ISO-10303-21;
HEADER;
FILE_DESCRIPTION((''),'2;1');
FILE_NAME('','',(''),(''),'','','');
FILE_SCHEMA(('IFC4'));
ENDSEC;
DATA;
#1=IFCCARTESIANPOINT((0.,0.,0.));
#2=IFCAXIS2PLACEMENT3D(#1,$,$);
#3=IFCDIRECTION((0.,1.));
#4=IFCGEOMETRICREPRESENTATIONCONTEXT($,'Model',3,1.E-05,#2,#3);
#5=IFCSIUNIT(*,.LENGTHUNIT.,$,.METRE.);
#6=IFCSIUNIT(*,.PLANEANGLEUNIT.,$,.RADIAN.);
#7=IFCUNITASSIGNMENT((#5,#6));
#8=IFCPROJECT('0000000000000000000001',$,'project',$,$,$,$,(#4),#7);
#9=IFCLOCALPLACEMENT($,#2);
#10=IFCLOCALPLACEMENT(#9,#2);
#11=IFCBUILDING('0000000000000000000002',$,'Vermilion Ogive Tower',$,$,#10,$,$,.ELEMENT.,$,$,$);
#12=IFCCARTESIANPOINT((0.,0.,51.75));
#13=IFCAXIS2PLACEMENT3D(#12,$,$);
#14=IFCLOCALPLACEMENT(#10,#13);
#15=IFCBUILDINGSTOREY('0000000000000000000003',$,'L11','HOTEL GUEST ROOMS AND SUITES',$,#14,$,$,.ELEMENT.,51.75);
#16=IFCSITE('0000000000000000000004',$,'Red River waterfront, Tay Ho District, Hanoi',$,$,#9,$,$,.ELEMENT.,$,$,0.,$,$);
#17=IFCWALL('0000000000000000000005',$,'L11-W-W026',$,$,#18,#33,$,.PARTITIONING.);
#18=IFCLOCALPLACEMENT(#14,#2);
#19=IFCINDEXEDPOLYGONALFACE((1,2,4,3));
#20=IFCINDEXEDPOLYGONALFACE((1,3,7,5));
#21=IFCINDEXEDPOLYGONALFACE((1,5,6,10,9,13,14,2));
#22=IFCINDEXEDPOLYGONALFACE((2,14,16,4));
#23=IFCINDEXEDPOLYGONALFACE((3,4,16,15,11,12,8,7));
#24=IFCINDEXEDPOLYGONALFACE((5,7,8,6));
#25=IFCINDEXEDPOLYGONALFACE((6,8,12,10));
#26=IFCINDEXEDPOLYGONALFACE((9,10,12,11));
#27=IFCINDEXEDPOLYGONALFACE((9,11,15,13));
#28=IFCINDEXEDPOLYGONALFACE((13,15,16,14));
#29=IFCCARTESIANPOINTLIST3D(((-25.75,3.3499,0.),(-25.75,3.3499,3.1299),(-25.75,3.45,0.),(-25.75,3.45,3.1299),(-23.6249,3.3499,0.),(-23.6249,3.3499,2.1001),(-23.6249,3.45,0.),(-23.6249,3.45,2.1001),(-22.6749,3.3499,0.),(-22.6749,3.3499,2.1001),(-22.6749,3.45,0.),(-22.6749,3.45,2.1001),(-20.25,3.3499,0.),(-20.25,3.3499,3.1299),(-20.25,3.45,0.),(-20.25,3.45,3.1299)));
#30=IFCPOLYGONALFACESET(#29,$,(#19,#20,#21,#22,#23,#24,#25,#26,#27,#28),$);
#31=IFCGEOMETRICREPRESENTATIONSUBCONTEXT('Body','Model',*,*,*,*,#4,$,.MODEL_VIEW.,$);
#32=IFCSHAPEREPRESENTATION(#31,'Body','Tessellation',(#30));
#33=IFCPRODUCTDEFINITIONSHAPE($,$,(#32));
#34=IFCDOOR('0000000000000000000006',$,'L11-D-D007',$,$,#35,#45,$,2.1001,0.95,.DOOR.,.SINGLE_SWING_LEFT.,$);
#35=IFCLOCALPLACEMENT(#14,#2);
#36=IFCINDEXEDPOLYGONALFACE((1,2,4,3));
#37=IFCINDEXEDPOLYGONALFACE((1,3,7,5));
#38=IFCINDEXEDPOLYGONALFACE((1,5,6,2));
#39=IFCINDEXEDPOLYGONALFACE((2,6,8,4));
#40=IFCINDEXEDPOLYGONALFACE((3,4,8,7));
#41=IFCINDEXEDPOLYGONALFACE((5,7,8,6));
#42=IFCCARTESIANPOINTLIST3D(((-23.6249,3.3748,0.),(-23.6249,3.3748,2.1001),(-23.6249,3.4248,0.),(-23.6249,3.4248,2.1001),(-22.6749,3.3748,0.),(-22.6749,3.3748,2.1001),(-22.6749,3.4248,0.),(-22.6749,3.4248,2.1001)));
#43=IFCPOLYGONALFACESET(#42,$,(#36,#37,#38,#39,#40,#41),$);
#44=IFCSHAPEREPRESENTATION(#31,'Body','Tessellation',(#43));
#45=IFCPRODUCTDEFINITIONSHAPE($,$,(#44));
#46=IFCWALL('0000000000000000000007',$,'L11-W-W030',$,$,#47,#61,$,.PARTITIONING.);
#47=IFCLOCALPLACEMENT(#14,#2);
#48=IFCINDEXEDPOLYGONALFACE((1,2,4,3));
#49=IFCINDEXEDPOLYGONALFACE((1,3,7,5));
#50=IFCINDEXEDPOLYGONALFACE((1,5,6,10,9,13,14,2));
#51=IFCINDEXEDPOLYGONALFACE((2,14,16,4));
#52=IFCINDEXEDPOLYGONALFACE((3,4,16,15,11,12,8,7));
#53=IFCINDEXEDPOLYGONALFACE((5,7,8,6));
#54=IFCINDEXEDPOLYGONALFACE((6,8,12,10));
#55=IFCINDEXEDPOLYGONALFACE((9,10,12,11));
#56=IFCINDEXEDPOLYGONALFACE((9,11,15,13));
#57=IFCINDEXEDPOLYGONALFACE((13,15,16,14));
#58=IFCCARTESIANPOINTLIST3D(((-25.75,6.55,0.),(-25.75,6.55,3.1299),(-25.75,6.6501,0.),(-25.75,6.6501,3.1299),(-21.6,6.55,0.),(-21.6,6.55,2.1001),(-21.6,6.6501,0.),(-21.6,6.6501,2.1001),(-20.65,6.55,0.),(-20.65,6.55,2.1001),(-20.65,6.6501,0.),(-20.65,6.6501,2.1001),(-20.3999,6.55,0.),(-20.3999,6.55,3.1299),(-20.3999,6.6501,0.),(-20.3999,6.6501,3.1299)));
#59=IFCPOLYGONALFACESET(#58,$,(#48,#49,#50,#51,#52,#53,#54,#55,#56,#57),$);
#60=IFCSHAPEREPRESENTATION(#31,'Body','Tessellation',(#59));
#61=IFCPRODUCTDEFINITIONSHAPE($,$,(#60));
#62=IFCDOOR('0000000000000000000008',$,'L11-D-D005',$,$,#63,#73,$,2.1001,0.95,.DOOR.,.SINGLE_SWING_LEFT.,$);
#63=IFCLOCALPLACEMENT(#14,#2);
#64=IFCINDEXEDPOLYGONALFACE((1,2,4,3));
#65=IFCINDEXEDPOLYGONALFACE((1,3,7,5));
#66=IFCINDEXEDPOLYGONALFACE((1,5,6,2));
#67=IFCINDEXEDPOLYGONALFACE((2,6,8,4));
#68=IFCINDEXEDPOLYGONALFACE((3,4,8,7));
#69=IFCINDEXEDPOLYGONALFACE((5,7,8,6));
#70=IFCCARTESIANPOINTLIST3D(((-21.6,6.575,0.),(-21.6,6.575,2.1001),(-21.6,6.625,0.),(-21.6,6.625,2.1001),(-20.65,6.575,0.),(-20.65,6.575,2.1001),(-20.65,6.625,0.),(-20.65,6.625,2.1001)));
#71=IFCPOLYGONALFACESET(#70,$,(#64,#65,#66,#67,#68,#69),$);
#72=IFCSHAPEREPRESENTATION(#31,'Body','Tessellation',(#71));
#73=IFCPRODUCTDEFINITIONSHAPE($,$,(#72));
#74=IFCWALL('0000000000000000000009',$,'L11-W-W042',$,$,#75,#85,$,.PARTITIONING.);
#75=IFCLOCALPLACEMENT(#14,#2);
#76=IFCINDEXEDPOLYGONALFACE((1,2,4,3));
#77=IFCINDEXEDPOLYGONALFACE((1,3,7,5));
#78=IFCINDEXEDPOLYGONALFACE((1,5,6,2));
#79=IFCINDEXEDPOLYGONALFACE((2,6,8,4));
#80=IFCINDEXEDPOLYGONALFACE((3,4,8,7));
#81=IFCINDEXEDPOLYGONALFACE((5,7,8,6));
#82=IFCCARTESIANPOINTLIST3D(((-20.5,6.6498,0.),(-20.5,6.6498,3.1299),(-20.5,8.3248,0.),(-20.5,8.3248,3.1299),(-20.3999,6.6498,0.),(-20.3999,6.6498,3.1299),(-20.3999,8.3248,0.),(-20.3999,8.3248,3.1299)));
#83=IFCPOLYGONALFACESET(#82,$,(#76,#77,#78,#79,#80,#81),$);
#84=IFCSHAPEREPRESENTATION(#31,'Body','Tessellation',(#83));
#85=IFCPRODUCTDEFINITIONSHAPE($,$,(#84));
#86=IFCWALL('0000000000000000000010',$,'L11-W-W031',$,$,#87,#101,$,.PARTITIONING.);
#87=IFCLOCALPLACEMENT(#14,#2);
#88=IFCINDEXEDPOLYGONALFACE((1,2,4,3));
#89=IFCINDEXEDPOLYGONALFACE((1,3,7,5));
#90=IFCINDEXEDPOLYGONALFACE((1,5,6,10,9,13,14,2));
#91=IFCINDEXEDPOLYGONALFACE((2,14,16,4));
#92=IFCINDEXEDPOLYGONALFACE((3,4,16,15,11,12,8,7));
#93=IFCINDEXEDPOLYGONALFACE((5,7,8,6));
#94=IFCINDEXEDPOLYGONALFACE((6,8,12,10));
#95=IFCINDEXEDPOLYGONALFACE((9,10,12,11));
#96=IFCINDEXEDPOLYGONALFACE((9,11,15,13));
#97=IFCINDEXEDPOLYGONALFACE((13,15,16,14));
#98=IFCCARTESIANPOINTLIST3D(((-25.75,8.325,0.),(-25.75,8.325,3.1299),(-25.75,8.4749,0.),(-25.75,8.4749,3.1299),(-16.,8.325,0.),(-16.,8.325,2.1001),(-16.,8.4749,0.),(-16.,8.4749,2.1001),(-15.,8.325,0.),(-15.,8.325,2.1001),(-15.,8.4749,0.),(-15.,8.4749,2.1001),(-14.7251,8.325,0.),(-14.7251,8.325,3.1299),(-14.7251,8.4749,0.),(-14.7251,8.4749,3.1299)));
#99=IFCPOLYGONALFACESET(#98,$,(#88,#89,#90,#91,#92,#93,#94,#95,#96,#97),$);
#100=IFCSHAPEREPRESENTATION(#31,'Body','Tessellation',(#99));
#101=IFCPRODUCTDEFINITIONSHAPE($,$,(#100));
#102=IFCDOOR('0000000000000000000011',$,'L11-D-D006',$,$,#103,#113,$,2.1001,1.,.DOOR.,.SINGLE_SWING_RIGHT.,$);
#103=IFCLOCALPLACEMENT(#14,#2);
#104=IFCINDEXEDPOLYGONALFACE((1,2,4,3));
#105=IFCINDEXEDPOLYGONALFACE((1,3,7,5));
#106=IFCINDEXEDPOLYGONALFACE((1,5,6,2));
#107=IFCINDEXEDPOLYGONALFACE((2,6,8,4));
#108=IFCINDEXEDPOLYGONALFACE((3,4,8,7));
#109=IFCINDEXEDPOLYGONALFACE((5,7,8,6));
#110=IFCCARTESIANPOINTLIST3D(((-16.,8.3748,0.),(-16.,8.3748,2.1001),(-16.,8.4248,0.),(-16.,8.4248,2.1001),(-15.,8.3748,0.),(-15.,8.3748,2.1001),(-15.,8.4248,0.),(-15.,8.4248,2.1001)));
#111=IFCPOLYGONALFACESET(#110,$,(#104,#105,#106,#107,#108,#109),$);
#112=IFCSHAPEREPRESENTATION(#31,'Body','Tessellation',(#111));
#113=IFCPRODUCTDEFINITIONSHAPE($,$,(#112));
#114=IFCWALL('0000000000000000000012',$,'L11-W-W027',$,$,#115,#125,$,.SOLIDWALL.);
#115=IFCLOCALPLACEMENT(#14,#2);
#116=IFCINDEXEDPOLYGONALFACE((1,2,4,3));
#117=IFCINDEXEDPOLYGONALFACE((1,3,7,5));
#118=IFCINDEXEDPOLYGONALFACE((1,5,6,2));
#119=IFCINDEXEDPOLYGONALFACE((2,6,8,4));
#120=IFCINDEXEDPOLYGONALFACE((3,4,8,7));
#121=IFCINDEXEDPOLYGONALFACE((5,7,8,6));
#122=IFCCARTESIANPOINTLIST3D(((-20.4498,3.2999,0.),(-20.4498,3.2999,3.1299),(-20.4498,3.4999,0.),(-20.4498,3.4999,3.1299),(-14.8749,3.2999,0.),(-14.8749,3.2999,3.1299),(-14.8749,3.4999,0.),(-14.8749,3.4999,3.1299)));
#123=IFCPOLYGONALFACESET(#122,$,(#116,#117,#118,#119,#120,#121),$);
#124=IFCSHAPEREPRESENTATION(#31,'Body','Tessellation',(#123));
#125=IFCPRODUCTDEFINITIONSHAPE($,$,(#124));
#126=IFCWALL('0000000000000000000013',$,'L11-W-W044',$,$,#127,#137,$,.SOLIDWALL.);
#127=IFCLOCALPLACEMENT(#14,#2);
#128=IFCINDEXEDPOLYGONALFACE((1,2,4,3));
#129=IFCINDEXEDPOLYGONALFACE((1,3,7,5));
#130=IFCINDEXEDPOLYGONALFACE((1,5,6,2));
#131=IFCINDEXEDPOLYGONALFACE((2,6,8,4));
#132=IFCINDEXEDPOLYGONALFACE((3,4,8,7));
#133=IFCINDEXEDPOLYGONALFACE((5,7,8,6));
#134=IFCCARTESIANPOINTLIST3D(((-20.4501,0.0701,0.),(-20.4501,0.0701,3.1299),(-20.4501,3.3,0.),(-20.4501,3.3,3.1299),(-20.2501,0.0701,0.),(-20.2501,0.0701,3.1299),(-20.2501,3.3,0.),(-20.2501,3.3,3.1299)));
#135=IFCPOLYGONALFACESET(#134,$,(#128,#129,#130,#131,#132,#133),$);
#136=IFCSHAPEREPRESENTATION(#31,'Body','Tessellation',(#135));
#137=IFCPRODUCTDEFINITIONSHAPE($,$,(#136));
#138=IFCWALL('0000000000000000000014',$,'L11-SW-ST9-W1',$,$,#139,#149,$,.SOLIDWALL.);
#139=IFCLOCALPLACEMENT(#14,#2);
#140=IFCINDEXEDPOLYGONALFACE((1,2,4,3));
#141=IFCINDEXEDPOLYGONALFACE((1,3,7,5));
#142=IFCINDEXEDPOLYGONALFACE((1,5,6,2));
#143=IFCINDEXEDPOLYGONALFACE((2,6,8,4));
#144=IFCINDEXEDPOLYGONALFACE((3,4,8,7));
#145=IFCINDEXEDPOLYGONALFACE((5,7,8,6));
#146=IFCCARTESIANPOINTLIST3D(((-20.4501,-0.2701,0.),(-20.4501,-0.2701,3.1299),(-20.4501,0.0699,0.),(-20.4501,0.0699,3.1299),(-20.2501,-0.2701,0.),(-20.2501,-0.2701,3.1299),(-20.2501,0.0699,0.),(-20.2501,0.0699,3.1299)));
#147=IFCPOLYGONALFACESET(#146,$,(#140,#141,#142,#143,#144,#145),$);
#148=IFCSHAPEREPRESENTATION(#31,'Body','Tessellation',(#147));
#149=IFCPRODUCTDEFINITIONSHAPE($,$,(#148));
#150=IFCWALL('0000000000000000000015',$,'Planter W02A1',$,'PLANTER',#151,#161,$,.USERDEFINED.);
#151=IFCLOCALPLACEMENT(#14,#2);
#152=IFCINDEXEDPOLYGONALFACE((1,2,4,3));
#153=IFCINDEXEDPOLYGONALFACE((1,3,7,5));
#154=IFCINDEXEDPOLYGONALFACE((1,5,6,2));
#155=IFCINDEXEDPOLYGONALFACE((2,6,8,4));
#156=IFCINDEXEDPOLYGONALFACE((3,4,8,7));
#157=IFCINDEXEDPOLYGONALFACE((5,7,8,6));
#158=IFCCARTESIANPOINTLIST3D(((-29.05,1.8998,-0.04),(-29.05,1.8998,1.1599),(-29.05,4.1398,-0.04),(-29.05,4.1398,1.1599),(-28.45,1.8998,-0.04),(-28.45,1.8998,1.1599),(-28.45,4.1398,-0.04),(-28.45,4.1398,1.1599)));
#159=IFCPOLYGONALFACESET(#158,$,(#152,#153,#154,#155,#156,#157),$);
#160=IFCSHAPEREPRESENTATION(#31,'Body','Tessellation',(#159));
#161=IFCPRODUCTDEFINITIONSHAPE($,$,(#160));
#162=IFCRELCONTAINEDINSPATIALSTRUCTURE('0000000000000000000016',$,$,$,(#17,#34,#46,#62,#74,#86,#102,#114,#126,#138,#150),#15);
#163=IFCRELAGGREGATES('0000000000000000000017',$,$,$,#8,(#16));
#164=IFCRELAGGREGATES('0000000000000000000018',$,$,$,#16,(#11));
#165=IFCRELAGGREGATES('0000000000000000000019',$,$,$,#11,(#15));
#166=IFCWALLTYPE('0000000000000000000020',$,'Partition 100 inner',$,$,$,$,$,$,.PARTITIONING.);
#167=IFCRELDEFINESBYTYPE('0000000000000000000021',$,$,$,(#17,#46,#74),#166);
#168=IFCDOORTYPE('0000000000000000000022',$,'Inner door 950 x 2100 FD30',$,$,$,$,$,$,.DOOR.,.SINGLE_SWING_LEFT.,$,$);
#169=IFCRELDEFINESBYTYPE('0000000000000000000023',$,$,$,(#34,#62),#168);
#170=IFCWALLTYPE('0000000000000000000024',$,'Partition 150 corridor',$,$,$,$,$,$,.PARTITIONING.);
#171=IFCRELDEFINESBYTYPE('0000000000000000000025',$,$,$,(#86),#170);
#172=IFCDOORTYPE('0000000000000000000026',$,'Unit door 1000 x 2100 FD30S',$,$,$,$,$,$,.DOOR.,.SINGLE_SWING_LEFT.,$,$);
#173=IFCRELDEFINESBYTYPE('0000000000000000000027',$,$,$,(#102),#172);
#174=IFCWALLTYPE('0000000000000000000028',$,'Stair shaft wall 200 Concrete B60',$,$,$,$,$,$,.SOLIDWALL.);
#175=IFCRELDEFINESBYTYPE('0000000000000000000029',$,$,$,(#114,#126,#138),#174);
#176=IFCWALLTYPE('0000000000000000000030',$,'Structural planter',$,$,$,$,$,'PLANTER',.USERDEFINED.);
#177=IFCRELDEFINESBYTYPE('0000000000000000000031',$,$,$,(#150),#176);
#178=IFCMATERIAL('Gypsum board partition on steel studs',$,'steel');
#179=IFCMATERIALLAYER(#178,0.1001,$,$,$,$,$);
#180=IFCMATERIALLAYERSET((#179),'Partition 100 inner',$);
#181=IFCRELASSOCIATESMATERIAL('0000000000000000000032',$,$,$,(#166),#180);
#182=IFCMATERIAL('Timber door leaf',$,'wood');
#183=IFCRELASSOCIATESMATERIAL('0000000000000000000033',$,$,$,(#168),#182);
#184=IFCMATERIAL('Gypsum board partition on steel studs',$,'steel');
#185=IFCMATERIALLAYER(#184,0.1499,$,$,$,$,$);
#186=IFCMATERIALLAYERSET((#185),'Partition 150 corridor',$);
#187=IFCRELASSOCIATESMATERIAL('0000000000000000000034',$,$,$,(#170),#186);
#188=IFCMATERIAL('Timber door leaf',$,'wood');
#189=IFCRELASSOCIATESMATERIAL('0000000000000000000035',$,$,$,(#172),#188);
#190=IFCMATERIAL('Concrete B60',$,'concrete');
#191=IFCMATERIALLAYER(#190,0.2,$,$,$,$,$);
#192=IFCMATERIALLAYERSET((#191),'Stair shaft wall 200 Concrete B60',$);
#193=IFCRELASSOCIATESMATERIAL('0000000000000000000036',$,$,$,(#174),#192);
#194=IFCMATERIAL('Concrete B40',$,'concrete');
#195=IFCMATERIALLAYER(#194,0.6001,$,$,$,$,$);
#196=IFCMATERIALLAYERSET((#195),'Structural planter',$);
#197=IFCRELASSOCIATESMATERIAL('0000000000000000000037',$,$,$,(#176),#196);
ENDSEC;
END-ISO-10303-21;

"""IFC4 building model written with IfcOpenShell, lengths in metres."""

from ifc_helpers import new_model, si_unit, direction, frame, frame_2d, origin, place, context, subcontext, project, spatial, rectangle, extrude, material, layer, layer_set, type_object, element, fill, save


model = new_model("IFC4")

# Units and contexts
model_context = context("Model", 3, precision=1e-05, world=origin(), true_north=direction((0.0, 1.0)))
body_context = subcontext(model_context, "Body", "Model", "MODEL_VIEW")
ifc_project = project(units=[si_unit("LENGTHUNIT", "METRE"), si_unit("PLANEANGLEUNIT", "RADIAN")], contexts=[model_context])

# Site, building, storey
site_placement = place(None, origin())
site = spatial("IfcSite", under=ifc_project, at=site_placement, Name="Red River waterfront, Tay Ho District, Hanoi", CompositionType="ELEMENT", RefElevation=0.0)
building_placement = place(site_placement, origin())
building = spatial("IfcBuilding", under=site, at=building_placement, Name="Vermilion Ogive Tower", CompositionType="ELEMENT")
storey_placement = place(building_placement, frame((0.0, 0.0, 51.75)))
storey = spatial("IfcBuildingStorey", under=building, at=storey_placement, Name="L11", Description="HOTEL GUEST ROOMS AND SUITES", CompositionType="ELEMENT", Elevation=51.75)

# Walls, openings, doors
ifc_material_1 = material(Name="Gypsum board partition on steel studs", Category="steel")
ifc_layer_1 = layer(ifc_material_1, 0.1001)
ifc_layer_set_1 = layer_set([ifc_layer_1], Name="Partition 100 inner")
wall_type_1 = type_object("IfcWallType", Name="Partition 100 inner", PredefinedType="PARTITIONING", material=ifc_layer_set_1)
wall_1_placement = place(storey_placement, frame((-25.75, 3.3999, 0.0), z_axis=(0.0, 0.0, 1.0), x_axis=(1.0, 0.0, 0.0)))
wall_1 = element("IfcWall", 1, at=wall_1_placement, inside=storey, type_object=wall_type_1, Name="L11-W-W026", PredefinedType="PARTITIONING", context=body_context, shape_type="SweptSolid", body=[
    extrude(rectangle(XDim=5.5, YDim=0.1001, at=frame_2d((2.75, 0.0))), origin(), (0.0, 0.0, 1.0), 3.1299),
])
opening_1_placement = place(wall_1_placement, frame((2.125, 0.0, 0.0)))
opening_1 = element("IfcOpeningElement", 2, at=opening_1_placement, cuts=wall_1, PredefinedType="OPENING", context=body_context, shape_type="SweptSolid", body=[
    extrude(rectangle(XDim=0.95, YDim=2.1001, at=frame_2d((0.4751, 1.05))), frame((0.0, 0.0601, 0.0), z_axis=(0.0, -1.0, 0.0), x_axis=(1.0, 0.0, 0.0)), (0.0, 0.0, 1.0), 0.1201),
])
ifc_material_2 = material(Name="Timber door leaf", Category="wood")
door_type_1 = type_object("IfcDoorType", Name="Inner door 950 x 2100 FD30", OperationType="SINGLE_SWING_LEFT", PredefinedType="DOOR", material=ifc_material_2)
door_1_placement = place(opening_1_placement, origin())
door_1 = element("IfcDoor", 3, at=door_1_placement, inside=storey, type_object=door_type_1, Name="L11-D-D007", OperationType="SINGLE_SWING_LEFT", OverallHeight=2.1001, OverallWidth=0.95, PredefinedType="DOOR", context=body_context, shape_type="SweptSolid", body=[
    extrude(rectangle(XDim=0.95, YDim=2.1001, at=frame_2d((0.4751, 1.05))), frame((0.0, 0.0249, 0.0), z_axis=(0.0, -1.0, 0.0), x_axis=(1.0, 0.0, 0.0)), (0.0, 0.0, 1.0), 0.05),
])
fill(opening_1, door_1)
wall_2_placement = place(storey_placement, frame((-25.75, 6.6001, 0.0), z_axis=(0.0, 0.0, 1.0), x_axis=(1.0, 0.0, 0.0)))
wall_2 = element("IfcWall", 4, at=wall_2_placement, inside=storey, type_object=wall_type_1, Name="L11-W-W030", PredefinedType="PARTITIONING", context=body_context, shape_type="SweptSolid", body=[
    extrude(rectangle(XDim=5.3501, YDim=0.1001, at=frame_2d((2.675, 0.0))), origin(), (0.0, 0.0, 1.0), 3.1299),
])
opening_2_placement = place(wall_2_placement, frame((4.1499, 0.0, 0.0)))
opening_2 = element("IfcOpeningElement", 5, at=opening_2_placement, cuts=wall_2, PredefinedType="OPENING", context=body_context, shape_type="SweptSolid", body=[
    extrude(rectangle(XDim=0.95, YDim=2.1001, at=frame_2d((0.4751, 1.05))), frame((0.0, 0.0601, 0.0), z_axis=(0.0, -1.0, 0.0), x_axis=(1.0, 0.0, 0.0)), (0.0, 0.0, 1.0), 0.1201),
])
door_2_placement = place(opening_2_placement, origin())
door_2 = element("IfcDoor", 6, at=door_2_placement, inside=storey, type_object=door_type_1, Name="L11-D-D005", OperationType="SINGLE_SWING_LEFT", OverallHeight=2.1001, OverallWidth=0.95, PredefinedType="DOOR", context=body_context, shape_type="SweptSolid", body=[
    extrude(rectangle(XDim=0.95, YDim=2.1001, at=frame_2d((0.4751, 1.05))), frame((0.0, 0.0249, 0.0), z_axis=(0.0, -1.0, 0.0), x_axis=(1.0, 0.0, 0.0)), (0.0, 0.0, 1.0), 0.05),
])
fill(opening_2, door_2)

# Wall
wall_3_placement = place(storey_placement, frame((-20.45, 6.6499, 0.0), z_axis=(0.0, 0.0, 1.0), x_axis=(0.0, 1.0, 0.0)))
element("IfcWall", 7, at=wall_3_placement, inside=storey, type_object=wall_type_1, Name="L11-W-W042", PredefinedType="PARTITIONING", context=body_context, shape_type="SweptSolid", body=[
    extrude(rectangle(XDim=1.675, YDim=0.1001, at=frame_2d((0.8374, 0.0))), origin(), (0.0, 0.0, 1.0), 3.1299),
])

# Wall, opening, door
ifc_material_3 = material(Name="Gypsum board partition on steel studs", Category="steel")
ifc_layer_2 = layer(ifc_material_3, 0.1499)
ifc_layer_set_2 = layer_set([ifc_layer_2], Name="Partition 150 corridor")
wall_type_2 = type_object("IfcWallType", Name="Partition 150 corridor", PredefinedType="PARTITIONING", material=ifc_layer_set_2)
wall_4_placement = place(storey_placement, frame((-25.75, 8.3999, 0.0), z_axis=(0.0, 0.0, 1.0), x_axis=(1.0, 0.0, 0.0)))
wall_4 = element("IfcWall", 8, at=wall_4_placement, inside=storey, type_object=wall_type_2, Name="L11-W-W031", PredefinedType="PARTITIONING", context=body_context, shape_type="SweptSolid", body=[
    extrude(rectangle(XDim=11.0249, YDim=0.1499, at=frame_2d((5.5125, 0.0))), origin(), (0.0, 0.0, 1.0), 3.1299),
])
opening_3_placement = place(wall_4_placement, frame((9.75, 0.0, 0.0)))
opening_3 = element("IfcOpeningElement", 9, at=opening_3_placement, cuts=wall_4, PredefinedType="OPENING", context=body_context, shape_type="SweptSolid", body=[
    extrude(rectangle(XDim=1.0, YDim=2.1001, at=frame_2d((0.5, 1.05))), frame((0.0, 0.085, 0.0), z_axis=(0.0, -1.0, 0.0), x_axis=(1.0, 0.0, 0.0)), (0.0, 0.0, 1.0), 0.1699),
])
ifc_material_4 = material(Name="Timber door leaf", Category="wood")
door_type_2 = type_object("IfcDoorType", Name="Unit door 1000 x 2100 FD30S", OperationType="SINGLE_SWING_LEFT", PredefinedType="DOOR", material=ifc_material_4)
door_3_placement = place(opening_3_placement, origin())
door_3 = element("IfcDoor", 10, at=door_3_placement, inside=storey, type_object=door_type_2, Name="L11-D-D006", OperationType="SINGLE_SWING_RIGHT", OverallHeight=2.1001, OverallWidth=1.0, PredefinedType="DOOR", context=body_context, shape_type="SweptSolid", body=[
    extrude(rectangle(XDim=1.0, YDim=2.1001, at=frame_2d((0.5, 1.05))), frame((0.0, 0.0249, 0.0), z_axis=(0.0, -1.0, 0.0), x_axis=(1.0, 0.0, 0.0)), (0.0, 0.0, 1.0), 0.05),
])
fill(opening_3, door_3)

# Walls
ifc_material_5 = material(Name="Concrete B60", Category="concrete")
ifc_layer_3 = layer(ifc_material_5, 0.2)
ifc_layer_set_3 = layer_set([ifc_layer_3], Name="Stair shaft wall 200 Concrete B60")
wall_type_3 = type_object("IfcWallType", Name="Stair shaft wall 200 Concrete B60", PredefinedType="SOLIDWALL", material=ifc_layer_set_3)
wall_5_placement = place(storey_placement, frame((-20.45, 3.3999, 0.0), z_axis=(0.0, 0.0, 1.0), x_axis=(1.0, 0.0, 0.0)))
element("IfcWall", 11, at=wall_5_placement, inside=storey, type_object=wall_type_3, Name="L11-W-W027", PredefinedType="SOLIDWALL", context=body_context, shape_type="SweptSolid", body=[
    extrude(rectangle(XDim=5.575, YDim=0.2, at=frame_2d((2.7876, 0.0))), origin(), (0.0, 0.0, 1.0), 3.1299),
])
wall_6_placement = place(storey_placement, frame((-20.3501, 0.0701, 0.0), z_axis=(0.0, 0.0, 1.0), x_axis=(0.0, 1.0, 0.0)))
element("IfcWall", 12, at=wall_6_placement, inside=storey, type_object=wall_type_3, Name="L11-W-W044", PredefinedType="SOLIDWALL", context=body_context, shape_type="SweptSolid", body=[
    extrude(rectangle(XDim=3.23, YDim=0.2, at=frame_2d((1.615, 0.0))), origin(), (0.0, 0.0, 1.0), 3.1299),
])
wall_7_placement = place(storey_placement, frame((-20.3501, -0.27, 0.0), z_axis=(0.0, 0.0, 1.0), x_axis=(0.0, 1.0, 0.0)))
element("IfcWall", 13, at=wall_7_placement, inside=storey, type_object=wall_type_3, Name="L11-SW-ST9-W1", PredefinedType="SOLIDWALL", context=body_context, shape_type="SweptSolid", body=[
    extrude(rectangle(XDim=0.3401, YDim=0.2, at=frame_2d((0.1699, 0.0))), origin(), (0.0, 0.0, 1.0), 3.1299),
])
ifc_material_6 = material(Name="Concrete B40", Category="concrete")
ifc_layer_4 = layer(ifc_material_6, 0.6001)
ifc_layer_set_4 = layer_set([ifc_layer_4], Name="Structural planter")
wall_type_4 = type_object("IfcWallType", Name="Structural planter", ElementType="PLANTER", PredefinedType="USERDEFINED", material=ifc_layer_set_4)
wall_8_placement = place(storey_placement, frame((-28.75, 4.1399, -0.04), z_axis=(0.0, 0.0, 1.0), x_axis=(0.0, -1.0, 0.0)))
element("IfcWall", 14, at=wall_8_placement, inside=storey, type_object=wall_type_4, Name="Planter W02A1", ObjectType="PLANTER", PredefinedType="USERDEFINED", context=body_context, shape_type="SweptSolid", body=[
    extrude(rectangle(XDim=2.24, YDim=0.6001, at=frame_2d((1.1201, 0.0))), origin(), (0.0, 0.0, 1.0), 1.2),
])

save(model, "model.ifc")
